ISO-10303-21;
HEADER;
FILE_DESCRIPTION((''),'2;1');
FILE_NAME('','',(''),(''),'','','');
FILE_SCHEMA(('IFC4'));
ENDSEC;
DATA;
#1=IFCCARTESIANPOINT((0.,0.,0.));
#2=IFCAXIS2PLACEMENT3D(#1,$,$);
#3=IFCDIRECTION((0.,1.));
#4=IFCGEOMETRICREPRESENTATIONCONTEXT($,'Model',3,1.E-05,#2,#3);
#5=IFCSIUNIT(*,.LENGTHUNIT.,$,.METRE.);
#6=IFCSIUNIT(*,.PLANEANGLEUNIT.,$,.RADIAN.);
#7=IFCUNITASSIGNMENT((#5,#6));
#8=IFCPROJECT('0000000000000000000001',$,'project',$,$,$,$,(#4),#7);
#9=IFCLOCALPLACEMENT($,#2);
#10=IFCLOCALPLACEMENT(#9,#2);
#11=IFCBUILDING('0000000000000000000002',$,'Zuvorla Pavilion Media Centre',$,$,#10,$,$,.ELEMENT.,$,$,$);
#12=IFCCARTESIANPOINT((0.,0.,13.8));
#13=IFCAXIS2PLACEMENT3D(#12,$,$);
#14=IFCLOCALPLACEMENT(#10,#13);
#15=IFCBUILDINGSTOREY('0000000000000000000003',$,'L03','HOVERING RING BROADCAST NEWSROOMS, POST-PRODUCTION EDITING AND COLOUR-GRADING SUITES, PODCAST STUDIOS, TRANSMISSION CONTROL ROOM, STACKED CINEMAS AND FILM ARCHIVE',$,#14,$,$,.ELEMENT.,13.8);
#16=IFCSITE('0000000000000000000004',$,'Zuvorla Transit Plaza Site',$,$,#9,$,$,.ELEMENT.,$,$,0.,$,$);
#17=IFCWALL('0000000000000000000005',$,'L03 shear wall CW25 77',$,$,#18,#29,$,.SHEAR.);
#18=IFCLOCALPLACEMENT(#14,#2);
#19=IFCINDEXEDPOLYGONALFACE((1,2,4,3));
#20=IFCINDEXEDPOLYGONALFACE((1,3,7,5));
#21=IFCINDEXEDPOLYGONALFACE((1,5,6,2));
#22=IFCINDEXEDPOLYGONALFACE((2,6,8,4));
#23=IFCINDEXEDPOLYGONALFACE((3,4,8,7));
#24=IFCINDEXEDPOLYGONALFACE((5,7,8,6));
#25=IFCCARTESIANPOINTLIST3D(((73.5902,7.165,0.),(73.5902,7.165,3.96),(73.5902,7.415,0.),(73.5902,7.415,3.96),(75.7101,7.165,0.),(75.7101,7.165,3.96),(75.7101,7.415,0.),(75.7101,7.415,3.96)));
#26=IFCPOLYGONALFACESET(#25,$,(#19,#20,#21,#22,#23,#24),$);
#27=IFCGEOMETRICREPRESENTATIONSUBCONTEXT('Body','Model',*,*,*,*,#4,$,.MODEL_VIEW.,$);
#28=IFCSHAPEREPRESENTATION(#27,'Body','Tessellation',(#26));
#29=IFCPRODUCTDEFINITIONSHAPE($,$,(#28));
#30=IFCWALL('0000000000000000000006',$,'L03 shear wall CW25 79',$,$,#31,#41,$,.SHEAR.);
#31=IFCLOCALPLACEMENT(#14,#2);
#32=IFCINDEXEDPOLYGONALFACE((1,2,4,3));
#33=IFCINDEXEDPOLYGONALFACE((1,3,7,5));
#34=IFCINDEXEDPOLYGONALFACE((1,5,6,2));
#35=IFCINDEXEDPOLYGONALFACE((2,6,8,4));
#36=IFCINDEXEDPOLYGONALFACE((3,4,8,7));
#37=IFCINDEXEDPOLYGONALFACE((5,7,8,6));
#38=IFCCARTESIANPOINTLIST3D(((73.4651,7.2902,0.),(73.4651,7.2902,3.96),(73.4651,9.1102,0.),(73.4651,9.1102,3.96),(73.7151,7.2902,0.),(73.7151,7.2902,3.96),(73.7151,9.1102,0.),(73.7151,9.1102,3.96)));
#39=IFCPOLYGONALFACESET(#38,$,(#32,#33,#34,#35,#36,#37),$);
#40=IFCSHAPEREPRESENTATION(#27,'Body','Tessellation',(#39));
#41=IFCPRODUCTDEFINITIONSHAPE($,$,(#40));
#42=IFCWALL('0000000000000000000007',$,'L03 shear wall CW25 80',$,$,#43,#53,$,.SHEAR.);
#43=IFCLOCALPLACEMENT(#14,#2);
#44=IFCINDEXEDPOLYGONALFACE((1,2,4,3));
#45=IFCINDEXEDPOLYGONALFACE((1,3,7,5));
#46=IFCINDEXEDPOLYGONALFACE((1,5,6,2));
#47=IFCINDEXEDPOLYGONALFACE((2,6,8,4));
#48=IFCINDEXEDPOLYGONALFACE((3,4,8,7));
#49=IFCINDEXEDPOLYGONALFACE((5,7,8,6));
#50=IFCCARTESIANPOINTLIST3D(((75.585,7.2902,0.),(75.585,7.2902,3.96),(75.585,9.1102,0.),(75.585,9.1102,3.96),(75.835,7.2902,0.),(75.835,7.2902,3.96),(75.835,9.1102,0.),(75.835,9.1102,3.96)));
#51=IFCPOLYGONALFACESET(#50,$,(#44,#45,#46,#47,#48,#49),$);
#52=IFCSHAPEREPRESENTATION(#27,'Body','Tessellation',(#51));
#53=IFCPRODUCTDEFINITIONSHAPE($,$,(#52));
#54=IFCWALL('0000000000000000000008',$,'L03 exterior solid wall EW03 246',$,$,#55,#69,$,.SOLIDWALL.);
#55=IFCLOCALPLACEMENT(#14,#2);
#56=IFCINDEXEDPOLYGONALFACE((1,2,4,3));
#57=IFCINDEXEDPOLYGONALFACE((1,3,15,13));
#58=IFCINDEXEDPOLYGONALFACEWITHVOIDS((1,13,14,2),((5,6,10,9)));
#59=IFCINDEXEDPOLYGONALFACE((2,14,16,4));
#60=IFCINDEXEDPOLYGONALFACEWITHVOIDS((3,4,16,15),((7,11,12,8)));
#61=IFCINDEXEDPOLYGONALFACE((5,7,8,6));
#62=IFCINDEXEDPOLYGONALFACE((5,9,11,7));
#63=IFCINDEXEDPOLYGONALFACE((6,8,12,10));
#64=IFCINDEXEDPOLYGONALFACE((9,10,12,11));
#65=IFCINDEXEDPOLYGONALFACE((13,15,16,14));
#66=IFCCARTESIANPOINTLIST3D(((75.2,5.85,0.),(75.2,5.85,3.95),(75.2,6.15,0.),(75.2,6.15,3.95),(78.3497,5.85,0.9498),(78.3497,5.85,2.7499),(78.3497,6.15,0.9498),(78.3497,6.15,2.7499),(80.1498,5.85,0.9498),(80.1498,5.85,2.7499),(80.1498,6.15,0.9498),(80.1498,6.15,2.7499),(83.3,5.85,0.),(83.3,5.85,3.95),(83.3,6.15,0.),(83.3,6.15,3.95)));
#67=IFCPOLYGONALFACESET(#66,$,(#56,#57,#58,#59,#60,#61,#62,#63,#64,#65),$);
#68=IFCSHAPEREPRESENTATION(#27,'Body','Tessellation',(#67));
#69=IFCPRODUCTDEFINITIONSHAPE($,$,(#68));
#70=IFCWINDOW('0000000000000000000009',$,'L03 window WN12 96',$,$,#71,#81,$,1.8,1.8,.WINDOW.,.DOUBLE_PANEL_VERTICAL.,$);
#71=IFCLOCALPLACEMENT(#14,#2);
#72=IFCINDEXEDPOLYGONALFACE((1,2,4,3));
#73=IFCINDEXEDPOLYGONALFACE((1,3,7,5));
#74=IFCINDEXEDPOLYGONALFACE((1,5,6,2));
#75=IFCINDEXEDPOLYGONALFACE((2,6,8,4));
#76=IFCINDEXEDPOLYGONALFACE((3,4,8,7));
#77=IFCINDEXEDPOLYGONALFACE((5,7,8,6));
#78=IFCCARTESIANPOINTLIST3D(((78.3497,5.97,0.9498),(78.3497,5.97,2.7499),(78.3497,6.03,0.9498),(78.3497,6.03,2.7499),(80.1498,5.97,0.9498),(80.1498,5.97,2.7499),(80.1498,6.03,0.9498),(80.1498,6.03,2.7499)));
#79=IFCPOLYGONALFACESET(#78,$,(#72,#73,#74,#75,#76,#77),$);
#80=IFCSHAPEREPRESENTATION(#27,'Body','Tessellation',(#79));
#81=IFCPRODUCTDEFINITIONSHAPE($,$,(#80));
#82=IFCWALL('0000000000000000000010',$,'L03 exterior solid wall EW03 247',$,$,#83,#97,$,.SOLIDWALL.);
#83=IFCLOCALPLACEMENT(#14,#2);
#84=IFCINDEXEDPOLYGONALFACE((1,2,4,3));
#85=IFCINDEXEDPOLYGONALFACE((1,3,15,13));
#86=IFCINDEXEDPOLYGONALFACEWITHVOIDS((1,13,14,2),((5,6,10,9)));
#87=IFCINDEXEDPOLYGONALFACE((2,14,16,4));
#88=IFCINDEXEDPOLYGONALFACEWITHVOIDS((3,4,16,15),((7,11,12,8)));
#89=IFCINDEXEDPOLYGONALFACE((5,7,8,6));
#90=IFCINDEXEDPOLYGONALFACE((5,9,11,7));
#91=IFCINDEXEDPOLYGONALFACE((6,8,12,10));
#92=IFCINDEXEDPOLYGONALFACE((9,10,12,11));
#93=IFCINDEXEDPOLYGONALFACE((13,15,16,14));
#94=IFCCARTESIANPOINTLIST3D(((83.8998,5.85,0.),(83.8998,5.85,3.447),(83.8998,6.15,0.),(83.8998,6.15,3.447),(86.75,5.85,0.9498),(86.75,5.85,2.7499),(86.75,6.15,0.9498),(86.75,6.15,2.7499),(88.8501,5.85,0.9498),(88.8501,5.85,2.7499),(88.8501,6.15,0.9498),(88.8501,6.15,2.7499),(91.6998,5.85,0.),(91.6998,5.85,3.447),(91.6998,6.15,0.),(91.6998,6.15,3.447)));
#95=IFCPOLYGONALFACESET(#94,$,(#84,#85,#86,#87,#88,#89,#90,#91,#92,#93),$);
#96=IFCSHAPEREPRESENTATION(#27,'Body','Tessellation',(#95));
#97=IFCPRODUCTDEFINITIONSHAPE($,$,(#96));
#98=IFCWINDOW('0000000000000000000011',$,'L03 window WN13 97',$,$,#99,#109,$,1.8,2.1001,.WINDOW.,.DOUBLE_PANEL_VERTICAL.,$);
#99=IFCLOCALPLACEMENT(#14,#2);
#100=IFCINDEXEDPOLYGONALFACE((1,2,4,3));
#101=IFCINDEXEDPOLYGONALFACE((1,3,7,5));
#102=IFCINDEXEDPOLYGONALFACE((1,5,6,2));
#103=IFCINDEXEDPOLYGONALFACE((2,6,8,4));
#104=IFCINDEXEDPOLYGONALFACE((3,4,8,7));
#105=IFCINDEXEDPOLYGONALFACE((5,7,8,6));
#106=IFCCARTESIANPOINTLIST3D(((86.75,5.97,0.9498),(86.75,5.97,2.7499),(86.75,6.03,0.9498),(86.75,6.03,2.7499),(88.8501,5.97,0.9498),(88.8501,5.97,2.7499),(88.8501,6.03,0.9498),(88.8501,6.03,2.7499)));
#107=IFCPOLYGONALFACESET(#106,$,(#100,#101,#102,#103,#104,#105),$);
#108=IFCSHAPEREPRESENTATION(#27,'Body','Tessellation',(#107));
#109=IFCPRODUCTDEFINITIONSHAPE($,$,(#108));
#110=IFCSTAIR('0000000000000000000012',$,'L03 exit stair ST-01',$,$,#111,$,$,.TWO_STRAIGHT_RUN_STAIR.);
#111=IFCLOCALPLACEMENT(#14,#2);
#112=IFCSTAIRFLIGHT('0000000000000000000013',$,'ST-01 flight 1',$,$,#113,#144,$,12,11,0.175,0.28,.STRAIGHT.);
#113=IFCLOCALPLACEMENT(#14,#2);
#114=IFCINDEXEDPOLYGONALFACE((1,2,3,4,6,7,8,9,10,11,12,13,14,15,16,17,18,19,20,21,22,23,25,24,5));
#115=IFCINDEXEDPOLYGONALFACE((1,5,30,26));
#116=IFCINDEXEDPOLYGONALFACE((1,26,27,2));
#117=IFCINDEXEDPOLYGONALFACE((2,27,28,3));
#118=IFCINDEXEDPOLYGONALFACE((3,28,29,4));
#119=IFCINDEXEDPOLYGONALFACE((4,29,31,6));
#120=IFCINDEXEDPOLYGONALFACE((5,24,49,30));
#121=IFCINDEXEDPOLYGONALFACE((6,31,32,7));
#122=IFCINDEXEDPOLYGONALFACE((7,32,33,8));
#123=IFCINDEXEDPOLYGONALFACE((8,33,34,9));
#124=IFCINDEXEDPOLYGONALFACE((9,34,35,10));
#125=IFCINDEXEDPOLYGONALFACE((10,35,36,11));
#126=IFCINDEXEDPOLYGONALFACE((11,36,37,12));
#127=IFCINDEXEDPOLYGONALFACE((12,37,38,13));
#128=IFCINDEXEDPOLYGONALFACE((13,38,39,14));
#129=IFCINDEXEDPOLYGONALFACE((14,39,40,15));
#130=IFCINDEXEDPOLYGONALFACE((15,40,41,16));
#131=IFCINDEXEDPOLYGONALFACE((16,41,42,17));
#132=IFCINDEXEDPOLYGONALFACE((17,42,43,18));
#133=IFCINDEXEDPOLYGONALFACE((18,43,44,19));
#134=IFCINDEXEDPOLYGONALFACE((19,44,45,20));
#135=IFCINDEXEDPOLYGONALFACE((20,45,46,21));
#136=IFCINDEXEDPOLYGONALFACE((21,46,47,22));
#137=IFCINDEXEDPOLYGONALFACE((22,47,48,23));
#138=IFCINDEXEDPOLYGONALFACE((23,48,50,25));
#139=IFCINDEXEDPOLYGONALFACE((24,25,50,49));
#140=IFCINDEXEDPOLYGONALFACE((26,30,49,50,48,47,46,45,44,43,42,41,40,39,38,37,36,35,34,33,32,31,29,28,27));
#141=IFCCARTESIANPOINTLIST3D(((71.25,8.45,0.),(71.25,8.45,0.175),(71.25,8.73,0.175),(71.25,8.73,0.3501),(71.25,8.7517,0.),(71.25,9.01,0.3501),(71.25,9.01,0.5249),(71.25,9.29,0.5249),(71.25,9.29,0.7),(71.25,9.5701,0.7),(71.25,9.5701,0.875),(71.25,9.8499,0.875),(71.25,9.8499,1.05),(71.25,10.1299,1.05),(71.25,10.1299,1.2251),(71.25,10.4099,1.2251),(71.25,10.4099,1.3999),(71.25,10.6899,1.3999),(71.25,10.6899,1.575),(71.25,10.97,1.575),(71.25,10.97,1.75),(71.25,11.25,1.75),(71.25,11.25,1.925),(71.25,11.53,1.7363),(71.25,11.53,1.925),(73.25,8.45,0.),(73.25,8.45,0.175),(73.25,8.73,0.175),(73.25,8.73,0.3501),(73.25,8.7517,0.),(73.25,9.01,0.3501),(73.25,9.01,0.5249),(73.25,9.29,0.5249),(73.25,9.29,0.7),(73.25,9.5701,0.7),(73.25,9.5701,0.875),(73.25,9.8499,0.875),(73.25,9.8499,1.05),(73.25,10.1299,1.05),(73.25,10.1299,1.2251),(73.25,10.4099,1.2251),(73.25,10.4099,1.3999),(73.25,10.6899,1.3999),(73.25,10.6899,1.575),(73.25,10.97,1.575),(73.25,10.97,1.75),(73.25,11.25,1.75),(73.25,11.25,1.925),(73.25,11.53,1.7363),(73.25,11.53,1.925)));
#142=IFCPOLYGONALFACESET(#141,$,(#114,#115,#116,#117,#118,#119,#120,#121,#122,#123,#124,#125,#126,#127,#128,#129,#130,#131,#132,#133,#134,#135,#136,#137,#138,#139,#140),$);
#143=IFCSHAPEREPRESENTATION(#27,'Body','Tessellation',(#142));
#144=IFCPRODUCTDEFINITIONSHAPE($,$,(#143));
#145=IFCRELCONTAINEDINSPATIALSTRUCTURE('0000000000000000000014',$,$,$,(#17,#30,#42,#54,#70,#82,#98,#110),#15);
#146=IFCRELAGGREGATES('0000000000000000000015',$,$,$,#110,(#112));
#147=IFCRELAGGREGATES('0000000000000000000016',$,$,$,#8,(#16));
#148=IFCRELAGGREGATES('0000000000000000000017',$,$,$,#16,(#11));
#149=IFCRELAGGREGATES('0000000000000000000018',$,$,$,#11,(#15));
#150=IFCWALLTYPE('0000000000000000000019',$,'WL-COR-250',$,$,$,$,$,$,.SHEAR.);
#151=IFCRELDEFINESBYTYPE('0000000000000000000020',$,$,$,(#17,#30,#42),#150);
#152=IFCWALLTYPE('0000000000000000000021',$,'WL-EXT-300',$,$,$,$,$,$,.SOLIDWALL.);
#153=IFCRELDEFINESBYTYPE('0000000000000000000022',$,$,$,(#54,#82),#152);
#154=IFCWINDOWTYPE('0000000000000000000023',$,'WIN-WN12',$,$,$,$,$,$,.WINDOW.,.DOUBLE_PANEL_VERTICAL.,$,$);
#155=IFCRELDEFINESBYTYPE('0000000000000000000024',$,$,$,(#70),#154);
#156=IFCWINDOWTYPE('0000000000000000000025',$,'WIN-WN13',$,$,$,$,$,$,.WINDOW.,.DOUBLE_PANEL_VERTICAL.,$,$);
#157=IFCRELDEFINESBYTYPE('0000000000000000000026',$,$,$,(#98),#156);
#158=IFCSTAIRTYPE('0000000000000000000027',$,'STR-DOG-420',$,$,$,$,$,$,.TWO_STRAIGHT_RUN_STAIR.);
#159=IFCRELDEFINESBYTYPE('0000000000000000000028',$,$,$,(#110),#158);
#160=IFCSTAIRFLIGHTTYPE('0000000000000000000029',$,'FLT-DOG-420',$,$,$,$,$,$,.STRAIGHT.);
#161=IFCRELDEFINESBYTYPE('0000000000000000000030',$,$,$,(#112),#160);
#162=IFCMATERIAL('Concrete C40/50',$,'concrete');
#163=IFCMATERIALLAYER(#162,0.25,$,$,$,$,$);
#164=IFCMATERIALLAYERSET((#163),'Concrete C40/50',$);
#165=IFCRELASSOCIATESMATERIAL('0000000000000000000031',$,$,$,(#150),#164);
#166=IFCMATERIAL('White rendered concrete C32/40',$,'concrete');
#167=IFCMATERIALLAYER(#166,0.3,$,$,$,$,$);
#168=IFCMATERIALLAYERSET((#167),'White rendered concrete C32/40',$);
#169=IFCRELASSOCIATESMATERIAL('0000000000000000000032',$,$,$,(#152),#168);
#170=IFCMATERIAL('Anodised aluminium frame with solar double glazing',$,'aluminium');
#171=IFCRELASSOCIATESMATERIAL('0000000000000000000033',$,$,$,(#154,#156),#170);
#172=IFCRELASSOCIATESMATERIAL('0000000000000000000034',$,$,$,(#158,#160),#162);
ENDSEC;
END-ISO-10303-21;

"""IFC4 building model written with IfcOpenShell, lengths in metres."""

from ifc_helpers import new_model, si_unit, direction, frame, frame_2d, origin, place, context, subcontext, project, spatial, polyline, rectangle, outline, extrude, material, layer, layer_set, type_object, element, fill, aggregate, save


model = new_model("IFC4")

# Units and contexts
model_context = context("Model", 3, precision=1e-05, world=origin(), true_north=direction((0.0, 1.0)))
body_context = subcontext(model_context, "Body", "Model", "MODEL_VIEW")
ifc_project = project(units=[si_unit("LENGTHUNIT", "METRE"), si_unit("PLANEANGLEUNIT", "RADIAN")], contexts=[model_context])

# Site, building, storey
site_placement = place(None, origin())
site = spatial("IfcSite", under=ifc_project, at=site_placement, Name="Zuvorla Transit Plaza Site", CompositionType="ELEMENT", RefElevation=0.0)
building_placement = place(site_placement, origin())
building = spatial("IfcBuilding", under=site, at=building_placement, Name="Zuvorla Pavilion Media Centre", CompositionType="ELEMENT")
storey_placement = place(building_placement, frame((0.0, 0.0, 13.8)))
storey = spatial("IfcBuildingStorey", under=building, at=storey_placement, Name="L03", Description="HOVERING RING BROADCAST NEWSROOMS, POST-PRODUCTION EDITING AND COLOUR-GRADING SUITES, PODCAST STUDIOS, TRANSMISSION CONTROL ROOM, STACKED CINEMAS AND FILM ARCHIVE", CompositionType="ELEMENT", Elevation=13.8)

# Shared definitions
ifc_material_1 = material(Name="Concrete C40/50", Category="concrete")

# Wall
ifc_layer_1 = layer(ifc_material_1, 0.25)
ifc_layer_set_1 = layer_set([ifc_layer_1], Name="Concrete C40/50")
wall_type_1 = type_object("IfcWallType", Name="WL-COR-250", PredefinedType="SHEAR", material=ifc_layer_set_1)
wall_1_placement = place(storey_placement, frame((73.5901, 7.29, 0.0), z_axis=(0.0, 0.0, 1.0), x_axis=(1.0, 0.0, 0.0)))
element("IfcWall", 1, at=wall_1_placement, inside=storey, type_object=wall_type_1, Name="L03 shear wall CW25 77", PredefinedType="SHEAR", context=body_context, shape_type="SweptSolid", body=[
    extrude(rectangle(XDim=2.1199, YDim=0.25, at=frame_2d((1.0601, 0.0))), origin(), (0.0, 0.0, 1.0), 3.96),
])

# Walls
for number, where, z_axis, x_axis, name in (
    (2, (73.5901, 7.29, 0.0), (0.0, 0.0, 1.0), (0.0, 1.0, 0.0), "L03 shear wall CW25 79"),
    (3, (75.71, 7.29, 0.0), (0.0, 0.0, 1.0), (0.0, 1.0, 0.0), "L03 shear wall CW25 80"),
):
    element("IfcWall", number, at=place(storey_placement, frame(where, z_axis=z_axis, x_axis=x_axis)), inside=storey, type_object=wall_type_1, Name=name, PredefinedType="SHEAR", context=body_context, shape_type="SweptSolid", body=[
        extrude(rectangle(XDim=1.8201, YDim=0.25, at=frame_2d((0.9102, 0.0))), origin(), (0.0, 0.0, 1.0), 3.96),
    ])

# Walls, openings, windows
ifc_material_2 = material(Name="White rendered concrete C32/40", Category="concrete")
ifc_layer_2 = layer(ifc_material_2, 0.3)
ifc_layer_set_2 = layer_set([ifc_layer_2], Name="White rendered concrete C32/40")
wall_type_2 = type_object("IfcWallType", Name="WL-EXT-300", PredefinedType="SOLIDWALL", material=ifc_layer_set_2)
wall_2_placement = place(storey_placement, frame((75.2, 6.0, 0.0), z_axis=(0.0, 0.0, 1.0), x_axis=(1.0, 0.0, 0.0)))
wall_2 = element("IfcWall", 4, at=wall_2_placement, inside=storey, type_object=wall_type_2, Name="L03 exterior solid wall EW03 246", PredefinedType="SOLIDWALL", context=body_context, shape_type="SweptSolid", body=[
    extrude(rectangle(XDim=8.1001, YDim=0.3, at=frame_2d((4.05, 0.0))), origin(), (0.0, 0.0, 1.0), 3.95),
])
opening_1_placement = place(wall_2_placement, frame((3.1499, 0.0, 0.95)))
opening_1 = element("IfcOpeningElement", 5, at=opening_1_placement, cuts=wall_2, PredefinedType="OPENING", context=body_context, shape_type="SweptSolid", body=[
    extrude(rectangle(XDim=1.8, YDim=1.8, at=frame_2d((0.8999, 0.8999))), frame((0.0, 0.1599, 0.0), z_axis=(0.0, -1.0, 0.0), x_axis=(1.0, 0.0, 0.0)), (0.0, 0.0, 1.0), 0.3201),
])
ifc_material_3 = material(Name="Anodised aluminium frame with solar double glazing", Category="aluminium")
window_type_1 = type_object("IfcWindowType", Name="WIN-WN12", PartitioningType="DOUBLE_PANEL_VERTICAL", PredefinedType="WINDOW", material=ifc_material_3)
window_1_placement = place(opening_1_placement, origin())
window_1 = element("IfcWindow", 6, at=window_1_placement, inside=storey, type_object=window_type_1, Name="L03 window WN12 96", OverallHeight=1.8, OverallWidth=1.8, PartitioningType="DOUBLE_PANEL_VERTICAL", PredefinedType="WINDOW", context=body_context, shape_type="SweptSolid", body=[
    extrude(rectangle(XDim=1.8, YDim=1.8, at=frame_2d((0.8999, 0.8999))), frame((0.0, 0.03, 0.0), z_axis=(0.0, -1.0, 0.0), x_axis=(1.0, 0.0, 0.0)), (0.0, 0.0, 1.0), 0.0601),
])
fill(opening_1, window_1)
wall_3_placement = place(storey_placement, frame((83.8999, 6.0, 0.0), z_axis=(0.0, 0.0, 1.0), x_axis=(1.0, 0.0, 0.0)))
wall_3 = element("IfcWall", 7, at=wall_3_placement, inside=storey, type_object=wall_type_2, Name="L03 exterior solid wall EW03 247", PredefinedType="SOLIDWALL", context=body_context, shape_type="SweptSolid", body=[
    extrude(rectangle(XDim=7.8, YDim=0.3, at=frame_2d((3.8999, 0.0))), origin(), (0.0, 0.0, 1.0), 3.447),
])
opening_2_placement = place(wall_3_placement, frame((2.8501, 0.0, 0.95)))
opening_2 = element("IfcOpeningElement", 8, at=opening_2_placement, cuts=wall_3, PredefinedType="OPENING", context=body_context, shape_type="SweptSolid", body=[
    extrude(rectangle(XDim=2.1001, YDim=1.8, at=frame_2d((1.05, 0.8999))), frame((0.0, 0.1599, 0.0), z_axis=(0.0, -1.0, 0.0), x_axis=(1.0, 0.0, 0.0)), (0.0, 0.0, 1.0), 0.3201),
])
window_type_2 = type_object("IfcWindowType", Name="WIN-WN13", PartitioningType="DOUBLE_PANEL_VERTICAL", PredefinedType="WINDOW", material=ifc_material_3)
window_2_placement = place(opening_2_placement, origin())
window_2 = element("IfcWindow", 9, at=window_2_placement, inside=storey, type_object=window_type_2, Name="L03 window WN13 97", OverallHeight=1.8, OverallWidth=2.1001, PartitioningType="DOUBLE_PANEL_VERTICAL", PredefinedType="WINDOW", context=body_context, shape_type="SweptSolid", body=[
    extrude(rectangle(XDim=2.1001, YDim=1.8, at=frame_2d((1.05, 0.8999))), frame((0.0, 0.03, 0.0), z_axis=(0.0, -1.0, 0.0), x_axis=(1.0, 0.0, 0.0)), (0.0, 0.0, 1.0), 0.0601),
])
fill(opening_2, window_2)

# Stair, stair flight
stair_type = type_object("IfcStairType", Name="STR-DOG-420", PredefinedType="TWO_STRAIGHT_RUN_STAIR", material=ifc_material_1)
stair_placement = place(storey_placement, origin())
stair = element("IfcStair", 10, at=stair_placement, inside=storey, type_object=stair_type, Name="L03 exit stair ST-01", PredefinedType="TWO_STRAIGHT_RUN_STAIR")
stair_flight_type = type_object("IfcStairFlightType", Name="FLT-DOG-420", PredefinedType="STRAIGHT", material=ifc_material_1)
stair_flight_placement = place(storey_placement, frame((72.25, 8.45, 0.0), z_axis=(0.0, 0.0, 1.0), x_axis=(0.0, 1.0, 0.0)))
stair_flight = element("IfcStairFlight", 11, at=stair_flight_placement, type_object=stair_flight_type, Name="ST-01 flight 1", NumberOfRisers=12, NumberOfTreads=11, PredefinedType="STRAIGHT", RiserHeight=0.175, TreadLength=0.28, context=body_context, shape_type="SweptSolid", body=[
    extrude(outline(polyline([(0.0, 0.0), (0.0, 0.175), (0.28, 0.175), (0.28, 0.3501), (0.5601, 0.3501), (0.5601, 0.5249), (0.8401, 0.5249), (0.8401, 0.7), (1.1201, 0.7), (1.1201, 0.875), (1.3999, 0.875), (1.3999, 1.05), (1.6799, 1.05), (1.6799, 1.2251), (1.96, 1.2251), (1.96, 1.3999), (2.24, 1.3999), (2.24, 1.575), (2.52, 1.575), (2.52, 1.75), (2.8, 1.75), (2.8, 1.925), (3.0801, 1.925), (3.0801, 2.1001), (3.0801, 1.7363), (0.3018, 0.0), (0.0, 0.0)])), frame((0.0, 1.0, 0.0), z_axis=(0.0, -1.0, 0.0), x_axis=(1.0, 0.0, 0.0)), (0.0, 0.0, 1.0), 2.0),
])
aggregate(stair, [stair_flight])

save(model, "model.ifc")
